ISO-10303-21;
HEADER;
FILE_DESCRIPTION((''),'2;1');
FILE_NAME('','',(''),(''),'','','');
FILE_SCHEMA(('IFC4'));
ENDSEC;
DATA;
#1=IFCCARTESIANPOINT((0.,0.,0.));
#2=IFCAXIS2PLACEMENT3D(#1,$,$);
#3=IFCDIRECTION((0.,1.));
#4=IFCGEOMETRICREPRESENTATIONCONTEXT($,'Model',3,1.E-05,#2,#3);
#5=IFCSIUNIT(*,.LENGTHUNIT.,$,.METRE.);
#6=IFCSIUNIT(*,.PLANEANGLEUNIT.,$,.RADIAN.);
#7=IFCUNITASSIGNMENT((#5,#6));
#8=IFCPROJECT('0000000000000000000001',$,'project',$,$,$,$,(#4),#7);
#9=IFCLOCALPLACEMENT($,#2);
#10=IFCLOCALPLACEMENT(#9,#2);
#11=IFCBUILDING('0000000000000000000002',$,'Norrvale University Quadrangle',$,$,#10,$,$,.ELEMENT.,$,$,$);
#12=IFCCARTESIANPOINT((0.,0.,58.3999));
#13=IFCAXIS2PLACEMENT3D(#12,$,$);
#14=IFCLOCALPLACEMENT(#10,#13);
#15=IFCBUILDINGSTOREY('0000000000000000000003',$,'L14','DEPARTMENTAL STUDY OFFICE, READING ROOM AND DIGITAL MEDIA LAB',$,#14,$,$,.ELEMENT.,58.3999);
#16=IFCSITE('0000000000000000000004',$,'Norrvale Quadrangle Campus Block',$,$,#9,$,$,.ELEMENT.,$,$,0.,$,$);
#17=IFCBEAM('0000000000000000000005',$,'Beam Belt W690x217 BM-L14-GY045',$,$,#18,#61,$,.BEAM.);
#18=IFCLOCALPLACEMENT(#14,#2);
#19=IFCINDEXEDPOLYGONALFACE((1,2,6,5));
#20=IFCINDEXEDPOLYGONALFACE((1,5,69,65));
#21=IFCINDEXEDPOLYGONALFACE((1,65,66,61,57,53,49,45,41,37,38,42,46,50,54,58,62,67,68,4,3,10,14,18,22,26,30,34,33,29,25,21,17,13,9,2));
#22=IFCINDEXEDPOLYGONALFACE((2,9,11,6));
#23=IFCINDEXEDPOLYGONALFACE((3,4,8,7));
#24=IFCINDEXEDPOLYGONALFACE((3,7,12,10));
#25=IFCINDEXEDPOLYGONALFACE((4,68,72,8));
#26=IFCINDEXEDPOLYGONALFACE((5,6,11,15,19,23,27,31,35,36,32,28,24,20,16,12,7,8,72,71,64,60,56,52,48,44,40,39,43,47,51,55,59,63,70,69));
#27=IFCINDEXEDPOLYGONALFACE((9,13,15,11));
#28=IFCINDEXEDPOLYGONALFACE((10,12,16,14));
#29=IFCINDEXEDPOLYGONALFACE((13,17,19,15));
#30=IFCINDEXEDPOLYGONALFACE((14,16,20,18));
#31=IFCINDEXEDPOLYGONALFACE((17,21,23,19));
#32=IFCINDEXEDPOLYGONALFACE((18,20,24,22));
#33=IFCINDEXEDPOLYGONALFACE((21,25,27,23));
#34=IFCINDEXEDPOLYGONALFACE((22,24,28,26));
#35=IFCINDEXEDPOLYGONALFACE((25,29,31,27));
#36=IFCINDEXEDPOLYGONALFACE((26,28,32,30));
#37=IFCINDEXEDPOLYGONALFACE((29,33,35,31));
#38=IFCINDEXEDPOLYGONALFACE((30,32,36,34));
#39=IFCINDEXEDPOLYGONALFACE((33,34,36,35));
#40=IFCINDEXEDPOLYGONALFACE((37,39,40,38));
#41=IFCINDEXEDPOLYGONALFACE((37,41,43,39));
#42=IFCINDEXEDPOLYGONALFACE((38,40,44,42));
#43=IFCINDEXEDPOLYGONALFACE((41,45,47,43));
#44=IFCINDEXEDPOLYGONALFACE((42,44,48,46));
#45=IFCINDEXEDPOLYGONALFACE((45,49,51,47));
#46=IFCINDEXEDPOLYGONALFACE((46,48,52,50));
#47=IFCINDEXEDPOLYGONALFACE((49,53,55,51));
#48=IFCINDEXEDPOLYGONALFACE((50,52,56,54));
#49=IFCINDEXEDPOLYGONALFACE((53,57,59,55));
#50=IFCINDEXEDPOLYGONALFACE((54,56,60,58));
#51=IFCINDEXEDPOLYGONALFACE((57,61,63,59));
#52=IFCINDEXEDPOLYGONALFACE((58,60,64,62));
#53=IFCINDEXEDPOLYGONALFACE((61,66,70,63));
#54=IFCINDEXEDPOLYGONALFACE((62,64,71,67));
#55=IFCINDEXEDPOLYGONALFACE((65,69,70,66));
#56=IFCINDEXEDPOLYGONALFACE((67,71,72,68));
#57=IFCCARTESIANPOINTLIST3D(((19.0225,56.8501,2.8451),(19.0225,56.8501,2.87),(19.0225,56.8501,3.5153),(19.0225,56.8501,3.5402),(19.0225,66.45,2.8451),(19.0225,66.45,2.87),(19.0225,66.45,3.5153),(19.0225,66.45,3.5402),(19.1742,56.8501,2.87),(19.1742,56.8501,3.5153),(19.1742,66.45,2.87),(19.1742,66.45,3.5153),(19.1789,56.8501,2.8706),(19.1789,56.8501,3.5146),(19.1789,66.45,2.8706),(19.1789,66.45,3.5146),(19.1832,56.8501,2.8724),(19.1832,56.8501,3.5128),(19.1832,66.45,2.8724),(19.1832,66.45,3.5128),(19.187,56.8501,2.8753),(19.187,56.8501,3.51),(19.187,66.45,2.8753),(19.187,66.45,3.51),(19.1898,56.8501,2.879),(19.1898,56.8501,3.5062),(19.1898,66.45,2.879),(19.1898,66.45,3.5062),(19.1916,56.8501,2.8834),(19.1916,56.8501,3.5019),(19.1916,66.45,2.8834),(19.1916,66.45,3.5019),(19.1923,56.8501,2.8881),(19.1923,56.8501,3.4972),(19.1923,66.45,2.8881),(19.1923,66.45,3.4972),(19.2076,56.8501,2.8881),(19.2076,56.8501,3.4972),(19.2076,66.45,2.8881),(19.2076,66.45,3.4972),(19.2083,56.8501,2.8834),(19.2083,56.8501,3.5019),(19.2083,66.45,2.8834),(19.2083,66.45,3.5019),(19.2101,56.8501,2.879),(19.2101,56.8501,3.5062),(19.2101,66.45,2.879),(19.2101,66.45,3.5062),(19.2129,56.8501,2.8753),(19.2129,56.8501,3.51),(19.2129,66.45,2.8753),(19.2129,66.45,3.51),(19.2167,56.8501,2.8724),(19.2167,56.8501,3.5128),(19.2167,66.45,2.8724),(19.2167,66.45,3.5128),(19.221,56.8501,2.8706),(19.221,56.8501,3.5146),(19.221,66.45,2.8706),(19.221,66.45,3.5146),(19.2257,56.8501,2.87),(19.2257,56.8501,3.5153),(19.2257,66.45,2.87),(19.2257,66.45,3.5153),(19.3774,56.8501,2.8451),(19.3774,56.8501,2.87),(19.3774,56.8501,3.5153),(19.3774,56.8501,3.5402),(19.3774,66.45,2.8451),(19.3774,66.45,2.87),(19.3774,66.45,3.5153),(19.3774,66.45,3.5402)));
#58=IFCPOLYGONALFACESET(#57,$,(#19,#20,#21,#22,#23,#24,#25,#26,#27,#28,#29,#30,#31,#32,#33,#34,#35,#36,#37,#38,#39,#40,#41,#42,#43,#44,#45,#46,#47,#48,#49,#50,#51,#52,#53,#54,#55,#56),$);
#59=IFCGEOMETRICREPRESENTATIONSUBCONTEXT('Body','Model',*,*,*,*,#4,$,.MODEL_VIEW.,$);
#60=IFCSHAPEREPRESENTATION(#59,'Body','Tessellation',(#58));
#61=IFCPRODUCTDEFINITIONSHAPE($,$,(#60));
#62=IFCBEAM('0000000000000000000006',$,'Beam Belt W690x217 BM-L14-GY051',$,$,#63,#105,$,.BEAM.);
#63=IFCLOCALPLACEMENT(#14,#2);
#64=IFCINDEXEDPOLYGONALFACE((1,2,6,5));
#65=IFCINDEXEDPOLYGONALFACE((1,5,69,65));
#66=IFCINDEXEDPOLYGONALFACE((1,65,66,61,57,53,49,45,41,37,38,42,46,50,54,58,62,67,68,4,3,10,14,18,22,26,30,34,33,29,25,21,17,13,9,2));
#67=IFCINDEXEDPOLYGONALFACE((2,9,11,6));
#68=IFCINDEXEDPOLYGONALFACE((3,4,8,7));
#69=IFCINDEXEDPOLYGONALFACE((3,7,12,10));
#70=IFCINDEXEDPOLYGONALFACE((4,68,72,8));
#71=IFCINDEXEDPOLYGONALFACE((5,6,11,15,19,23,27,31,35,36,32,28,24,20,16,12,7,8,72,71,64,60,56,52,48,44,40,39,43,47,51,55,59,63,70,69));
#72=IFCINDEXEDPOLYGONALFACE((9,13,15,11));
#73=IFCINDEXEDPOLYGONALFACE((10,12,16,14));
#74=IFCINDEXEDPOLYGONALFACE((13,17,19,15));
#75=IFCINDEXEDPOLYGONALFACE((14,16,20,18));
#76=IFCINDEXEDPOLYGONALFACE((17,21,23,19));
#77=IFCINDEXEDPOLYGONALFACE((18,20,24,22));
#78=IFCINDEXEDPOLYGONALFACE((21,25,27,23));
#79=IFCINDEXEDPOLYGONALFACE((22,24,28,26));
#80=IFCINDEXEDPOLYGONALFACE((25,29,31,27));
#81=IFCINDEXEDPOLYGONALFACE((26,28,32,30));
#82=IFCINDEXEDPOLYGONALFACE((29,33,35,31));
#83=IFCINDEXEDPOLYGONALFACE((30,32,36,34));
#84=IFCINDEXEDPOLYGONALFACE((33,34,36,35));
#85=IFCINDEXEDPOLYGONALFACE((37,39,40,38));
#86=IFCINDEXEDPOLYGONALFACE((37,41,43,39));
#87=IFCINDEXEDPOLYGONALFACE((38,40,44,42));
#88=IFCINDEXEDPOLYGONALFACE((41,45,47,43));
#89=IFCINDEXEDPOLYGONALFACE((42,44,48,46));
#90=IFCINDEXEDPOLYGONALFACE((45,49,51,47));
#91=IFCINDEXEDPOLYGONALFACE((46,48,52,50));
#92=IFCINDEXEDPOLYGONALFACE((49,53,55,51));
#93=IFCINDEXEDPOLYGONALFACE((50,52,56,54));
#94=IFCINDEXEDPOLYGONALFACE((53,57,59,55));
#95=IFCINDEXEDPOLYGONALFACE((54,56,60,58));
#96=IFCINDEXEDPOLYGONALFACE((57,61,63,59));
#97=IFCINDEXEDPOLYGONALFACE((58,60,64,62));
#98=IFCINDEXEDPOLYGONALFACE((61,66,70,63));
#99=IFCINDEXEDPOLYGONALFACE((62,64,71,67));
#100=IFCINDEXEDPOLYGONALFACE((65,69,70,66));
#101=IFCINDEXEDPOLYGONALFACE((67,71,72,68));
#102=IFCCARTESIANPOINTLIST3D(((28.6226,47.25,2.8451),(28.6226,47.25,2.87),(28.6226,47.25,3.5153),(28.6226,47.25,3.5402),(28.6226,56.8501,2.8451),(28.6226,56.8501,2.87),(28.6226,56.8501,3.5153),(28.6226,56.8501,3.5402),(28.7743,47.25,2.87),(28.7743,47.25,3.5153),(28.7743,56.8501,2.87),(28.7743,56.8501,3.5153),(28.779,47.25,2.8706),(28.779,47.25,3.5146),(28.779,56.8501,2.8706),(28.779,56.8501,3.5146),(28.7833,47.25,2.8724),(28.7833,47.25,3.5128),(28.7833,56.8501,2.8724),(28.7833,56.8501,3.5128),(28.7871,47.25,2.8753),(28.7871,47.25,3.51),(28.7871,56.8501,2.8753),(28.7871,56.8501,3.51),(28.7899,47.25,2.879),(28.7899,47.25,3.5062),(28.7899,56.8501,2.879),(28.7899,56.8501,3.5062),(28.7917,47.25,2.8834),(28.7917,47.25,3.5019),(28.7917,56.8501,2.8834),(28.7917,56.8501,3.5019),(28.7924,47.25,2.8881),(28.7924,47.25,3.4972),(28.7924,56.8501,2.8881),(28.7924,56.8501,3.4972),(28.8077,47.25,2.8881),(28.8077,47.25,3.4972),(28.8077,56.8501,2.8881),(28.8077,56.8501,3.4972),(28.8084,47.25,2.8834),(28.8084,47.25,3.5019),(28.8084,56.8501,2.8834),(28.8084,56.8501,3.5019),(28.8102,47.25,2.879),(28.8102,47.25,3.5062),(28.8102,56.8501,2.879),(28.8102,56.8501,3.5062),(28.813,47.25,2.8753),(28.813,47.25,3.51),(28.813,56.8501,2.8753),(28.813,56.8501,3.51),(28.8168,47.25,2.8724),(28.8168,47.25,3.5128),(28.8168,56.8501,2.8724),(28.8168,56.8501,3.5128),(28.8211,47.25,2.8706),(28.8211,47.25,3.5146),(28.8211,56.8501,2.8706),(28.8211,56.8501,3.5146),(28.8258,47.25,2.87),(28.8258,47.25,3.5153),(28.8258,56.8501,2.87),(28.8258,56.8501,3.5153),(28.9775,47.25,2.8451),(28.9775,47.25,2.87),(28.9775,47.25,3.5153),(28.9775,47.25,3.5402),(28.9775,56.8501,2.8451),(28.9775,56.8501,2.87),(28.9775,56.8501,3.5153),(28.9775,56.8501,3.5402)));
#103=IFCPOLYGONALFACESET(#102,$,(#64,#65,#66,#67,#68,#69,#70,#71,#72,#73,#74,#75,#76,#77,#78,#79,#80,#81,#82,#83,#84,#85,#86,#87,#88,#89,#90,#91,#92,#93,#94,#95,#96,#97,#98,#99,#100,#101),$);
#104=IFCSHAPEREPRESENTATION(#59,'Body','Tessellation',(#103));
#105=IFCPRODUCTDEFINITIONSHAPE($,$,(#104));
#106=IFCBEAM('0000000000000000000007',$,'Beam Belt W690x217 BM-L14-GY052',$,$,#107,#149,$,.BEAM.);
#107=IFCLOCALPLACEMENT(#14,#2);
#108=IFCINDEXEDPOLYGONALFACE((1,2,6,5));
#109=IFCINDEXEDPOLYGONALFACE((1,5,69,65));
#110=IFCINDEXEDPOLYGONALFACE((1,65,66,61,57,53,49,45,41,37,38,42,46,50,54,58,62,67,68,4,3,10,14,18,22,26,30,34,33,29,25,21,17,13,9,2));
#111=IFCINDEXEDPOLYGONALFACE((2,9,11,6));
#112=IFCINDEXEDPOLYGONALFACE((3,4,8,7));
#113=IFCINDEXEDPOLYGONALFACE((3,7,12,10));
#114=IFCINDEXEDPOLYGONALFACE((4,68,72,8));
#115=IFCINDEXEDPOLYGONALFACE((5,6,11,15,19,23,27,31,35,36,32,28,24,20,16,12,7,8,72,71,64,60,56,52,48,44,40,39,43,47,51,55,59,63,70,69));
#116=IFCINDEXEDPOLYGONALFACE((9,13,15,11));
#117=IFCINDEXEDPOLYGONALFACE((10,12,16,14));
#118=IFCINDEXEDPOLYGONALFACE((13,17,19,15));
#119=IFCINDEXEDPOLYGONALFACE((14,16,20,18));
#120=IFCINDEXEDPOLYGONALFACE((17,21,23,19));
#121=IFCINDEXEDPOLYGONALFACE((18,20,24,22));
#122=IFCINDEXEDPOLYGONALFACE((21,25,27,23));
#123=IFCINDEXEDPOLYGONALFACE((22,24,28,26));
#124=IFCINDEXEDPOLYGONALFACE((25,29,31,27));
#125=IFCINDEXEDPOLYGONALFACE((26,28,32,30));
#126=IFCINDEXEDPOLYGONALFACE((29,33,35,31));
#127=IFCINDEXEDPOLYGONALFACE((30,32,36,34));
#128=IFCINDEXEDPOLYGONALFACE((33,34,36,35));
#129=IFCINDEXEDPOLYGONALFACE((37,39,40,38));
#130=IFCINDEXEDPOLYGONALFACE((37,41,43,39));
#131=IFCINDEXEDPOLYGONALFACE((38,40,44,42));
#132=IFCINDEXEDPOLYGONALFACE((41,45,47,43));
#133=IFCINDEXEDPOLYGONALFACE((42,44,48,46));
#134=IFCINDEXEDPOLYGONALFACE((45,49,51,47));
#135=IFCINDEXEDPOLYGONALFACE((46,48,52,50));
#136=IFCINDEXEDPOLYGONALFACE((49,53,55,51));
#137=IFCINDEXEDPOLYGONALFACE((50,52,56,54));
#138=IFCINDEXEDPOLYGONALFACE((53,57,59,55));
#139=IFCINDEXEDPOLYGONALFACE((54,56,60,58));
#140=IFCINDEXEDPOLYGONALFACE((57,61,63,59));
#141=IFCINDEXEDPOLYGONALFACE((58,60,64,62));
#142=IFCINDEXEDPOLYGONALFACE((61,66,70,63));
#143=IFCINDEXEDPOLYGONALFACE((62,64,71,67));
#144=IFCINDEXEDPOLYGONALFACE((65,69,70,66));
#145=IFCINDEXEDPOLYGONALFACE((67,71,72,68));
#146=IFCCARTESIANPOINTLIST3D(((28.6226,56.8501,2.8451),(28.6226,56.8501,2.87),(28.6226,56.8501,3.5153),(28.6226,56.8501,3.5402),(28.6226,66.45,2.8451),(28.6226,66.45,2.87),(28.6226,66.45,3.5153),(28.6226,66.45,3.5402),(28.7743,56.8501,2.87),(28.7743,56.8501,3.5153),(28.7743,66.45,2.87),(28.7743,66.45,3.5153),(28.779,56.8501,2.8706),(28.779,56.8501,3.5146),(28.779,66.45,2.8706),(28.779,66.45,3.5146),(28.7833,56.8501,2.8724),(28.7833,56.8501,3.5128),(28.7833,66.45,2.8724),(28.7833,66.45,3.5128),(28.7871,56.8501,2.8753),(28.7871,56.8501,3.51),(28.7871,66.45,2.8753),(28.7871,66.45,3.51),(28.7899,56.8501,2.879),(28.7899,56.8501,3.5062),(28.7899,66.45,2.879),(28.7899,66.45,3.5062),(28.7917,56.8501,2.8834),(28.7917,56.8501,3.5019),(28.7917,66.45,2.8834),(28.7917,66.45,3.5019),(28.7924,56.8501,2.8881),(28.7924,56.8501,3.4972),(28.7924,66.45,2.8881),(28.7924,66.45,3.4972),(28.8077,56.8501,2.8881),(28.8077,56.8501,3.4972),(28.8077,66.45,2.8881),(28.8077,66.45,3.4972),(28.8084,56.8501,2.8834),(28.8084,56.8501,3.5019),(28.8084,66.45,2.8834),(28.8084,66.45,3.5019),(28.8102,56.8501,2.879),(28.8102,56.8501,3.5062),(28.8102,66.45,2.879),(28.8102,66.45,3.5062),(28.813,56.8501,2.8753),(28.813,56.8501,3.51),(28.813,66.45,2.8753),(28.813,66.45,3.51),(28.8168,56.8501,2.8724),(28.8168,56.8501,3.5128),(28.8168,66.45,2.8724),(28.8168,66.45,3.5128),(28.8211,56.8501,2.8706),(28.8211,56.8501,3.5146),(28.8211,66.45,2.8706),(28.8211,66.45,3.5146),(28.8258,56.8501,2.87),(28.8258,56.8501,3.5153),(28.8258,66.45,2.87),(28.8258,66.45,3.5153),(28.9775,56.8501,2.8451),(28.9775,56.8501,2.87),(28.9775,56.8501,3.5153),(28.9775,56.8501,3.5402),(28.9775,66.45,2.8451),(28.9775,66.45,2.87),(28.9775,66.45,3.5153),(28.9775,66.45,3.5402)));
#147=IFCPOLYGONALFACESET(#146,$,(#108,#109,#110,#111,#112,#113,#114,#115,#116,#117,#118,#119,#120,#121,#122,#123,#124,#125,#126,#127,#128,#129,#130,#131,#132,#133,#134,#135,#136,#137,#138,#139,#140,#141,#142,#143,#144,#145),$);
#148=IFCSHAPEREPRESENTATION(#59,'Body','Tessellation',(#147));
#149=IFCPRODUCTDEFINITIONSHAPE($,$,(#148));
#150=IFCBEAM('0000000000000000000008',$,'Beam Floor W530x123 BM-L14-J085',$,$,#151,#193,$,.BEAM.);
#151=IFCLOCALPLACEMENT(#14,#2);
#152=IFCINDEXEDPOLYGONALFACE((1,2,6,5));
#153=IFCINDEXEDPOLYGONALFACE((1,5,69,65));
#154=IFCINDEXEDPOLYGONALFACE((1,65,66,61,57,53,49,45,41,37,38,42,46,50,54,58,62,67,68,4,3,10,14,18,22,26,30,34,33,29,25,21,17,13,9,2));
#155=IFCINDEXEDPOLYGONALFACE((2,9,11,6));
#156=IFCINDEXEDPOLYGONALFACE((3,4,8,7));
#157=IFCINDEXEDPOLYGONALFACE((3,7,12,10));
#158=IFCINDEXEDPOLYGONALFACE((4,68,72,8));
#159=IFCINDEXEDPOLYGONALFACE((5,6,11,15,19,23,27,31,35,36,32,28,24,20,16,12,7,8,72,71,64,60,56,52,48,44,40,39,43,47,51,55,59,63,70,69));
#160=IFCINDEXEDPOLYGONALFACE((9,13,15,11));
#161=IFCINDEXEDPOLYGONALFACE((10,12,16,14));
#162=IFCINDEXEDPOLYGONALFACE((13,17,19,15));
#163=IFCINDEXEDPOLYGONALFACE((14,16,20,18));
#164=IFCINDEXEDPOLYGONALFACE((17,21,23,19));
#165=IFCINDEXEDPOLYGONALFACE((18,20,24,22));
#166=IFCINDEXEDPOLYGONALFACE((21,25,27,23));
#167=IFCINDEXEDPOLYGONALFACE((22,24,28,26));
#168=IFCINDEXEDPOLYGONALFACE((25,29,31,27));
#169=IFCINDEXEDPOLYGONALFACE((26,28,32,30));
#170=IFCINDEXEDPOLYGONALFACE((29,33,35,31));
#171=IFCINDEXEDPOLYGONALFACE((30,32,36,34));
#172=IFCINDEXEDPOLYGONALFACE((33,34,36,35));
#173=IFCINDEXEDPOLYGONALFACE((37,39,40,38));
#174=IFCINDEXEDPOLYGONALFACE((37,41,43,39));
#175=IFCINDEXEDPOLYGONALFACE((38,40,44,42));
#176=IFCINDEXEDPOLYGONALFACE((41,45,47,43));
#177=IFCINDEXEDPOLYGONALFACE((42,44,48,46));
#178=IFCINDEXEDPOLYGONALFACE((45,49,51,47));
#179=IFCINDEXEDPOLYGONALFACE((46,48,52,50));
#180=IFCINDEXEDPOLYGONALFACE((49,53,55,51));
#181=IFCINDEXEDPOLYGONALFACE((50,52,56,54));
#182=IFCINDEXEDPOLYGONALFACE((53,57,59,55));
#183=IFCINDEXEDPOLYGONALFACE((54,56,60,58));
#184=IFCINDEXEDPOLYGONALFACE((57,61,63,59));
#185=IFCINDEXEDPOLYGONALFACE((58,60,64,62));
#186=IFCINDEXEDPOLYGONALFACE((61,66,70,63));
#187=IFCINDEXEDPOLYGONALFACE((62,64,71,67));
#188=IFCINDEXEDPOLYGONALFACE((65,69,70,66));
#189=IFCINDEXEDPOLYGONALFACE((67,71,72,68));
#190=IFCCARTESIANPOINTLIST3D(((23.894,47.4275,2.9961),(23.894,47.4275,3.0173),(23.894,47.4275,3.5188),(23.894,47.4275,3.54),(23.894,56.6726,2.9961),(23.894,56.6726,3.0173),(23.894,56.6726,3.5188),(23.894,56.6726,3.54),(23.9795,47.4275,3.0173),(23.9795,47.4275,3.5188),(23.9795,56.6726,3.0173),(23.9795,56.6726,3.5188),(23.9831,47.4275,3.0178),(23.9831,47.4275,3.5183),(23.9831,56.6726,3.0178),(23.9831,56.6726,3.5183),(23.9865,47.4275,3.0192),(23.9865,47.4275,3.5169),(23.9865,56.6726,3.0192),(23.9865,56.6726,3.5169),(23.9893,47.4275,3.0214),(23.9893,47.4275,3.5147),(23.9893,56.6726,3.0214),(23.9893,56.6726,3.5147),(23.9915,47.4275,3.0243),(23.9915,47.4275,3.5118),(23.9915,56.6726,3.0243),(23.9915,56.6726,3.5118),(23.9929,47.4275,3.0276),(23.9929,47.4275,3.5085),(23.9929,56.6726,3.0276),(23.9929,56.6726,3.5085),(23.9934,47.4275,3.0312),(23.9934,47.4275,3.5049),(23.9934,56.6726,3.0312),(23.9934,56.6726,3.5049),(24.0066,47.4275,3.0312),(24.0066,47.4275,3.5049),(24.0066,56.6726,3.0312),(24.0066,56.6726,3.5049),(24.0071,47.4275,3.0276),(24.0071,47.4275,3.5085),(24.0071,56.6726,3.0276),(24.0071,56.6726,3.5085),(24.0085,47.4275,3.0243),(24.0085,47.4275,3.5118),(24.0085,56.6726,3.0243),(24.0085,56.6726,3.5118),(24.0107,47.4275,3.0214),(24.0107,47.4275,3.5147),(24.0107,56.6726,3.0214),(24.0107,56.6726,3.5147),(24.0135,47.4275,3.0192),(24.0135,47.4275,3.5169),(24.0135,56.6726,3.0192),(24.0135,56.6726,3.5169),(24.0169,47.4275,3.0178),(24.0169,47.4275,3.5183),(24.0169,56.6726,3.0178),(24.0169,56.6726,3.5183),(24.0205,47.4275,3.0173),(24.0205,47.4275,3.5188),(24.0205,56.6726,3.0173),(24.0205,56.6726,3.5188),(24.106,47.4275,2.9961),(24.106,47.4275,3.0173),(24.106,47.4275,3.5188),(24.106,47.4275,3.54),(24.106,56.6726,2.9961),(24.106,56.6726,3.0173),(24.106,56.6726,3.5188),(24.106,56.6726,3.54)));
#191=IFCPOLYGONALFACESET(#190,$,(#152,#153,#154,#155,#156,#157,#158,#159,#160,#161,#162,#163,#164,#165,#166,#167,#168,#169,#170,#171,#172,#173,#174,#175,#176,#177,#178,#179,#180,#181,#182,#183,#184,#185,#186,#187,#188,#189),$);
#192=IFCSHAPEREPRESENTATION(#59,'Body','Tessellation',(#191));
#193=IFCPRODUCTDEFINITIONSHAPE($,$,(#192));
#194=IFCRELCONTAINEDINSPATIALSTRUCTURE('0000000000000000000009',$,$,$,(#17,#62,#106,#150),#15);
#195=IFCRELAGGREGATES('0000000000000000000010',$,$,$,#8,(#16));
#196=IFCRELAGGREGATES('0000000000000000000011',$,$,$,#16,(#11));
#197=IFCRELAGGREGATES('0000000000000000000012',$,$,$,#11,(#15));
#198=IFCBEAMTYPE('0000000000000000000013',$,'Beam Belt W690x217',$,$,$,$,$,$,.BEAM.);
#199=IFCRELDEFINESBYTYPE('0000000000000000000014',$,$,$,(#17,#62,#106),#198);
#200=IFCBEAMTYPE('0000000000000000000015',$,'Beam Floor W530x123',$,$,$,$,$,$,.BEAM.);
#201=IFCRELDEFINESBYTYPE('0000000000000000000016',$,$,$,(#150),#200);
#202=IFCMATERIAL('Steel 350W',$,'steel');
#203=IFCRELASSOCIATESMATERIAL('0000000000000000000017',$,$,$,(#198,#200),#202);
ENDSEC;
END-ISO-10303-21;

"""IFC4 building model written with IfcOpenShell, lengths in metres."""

from ifc_helpers import new_model, si_unit, direction, frame, origin, origin_2d, place, context, subcontext, project, spatial, i_section, extrude, material, material_profile, profile_set, type_object, element, save


model = new_model("IFC4")

# Units and contexts
model_context = context("Model", 3, precision=1e-05, world=origin(), true_north=direction((0.0, 1.0)))
body_context = subcontext(model_context, "Body", "Model", "MODEL_VIEW")
ifc_project = project(units=[si_unit("LENGTHUNIT", "METRE"), si_unit("PLANEANGLEUNIT", "RADIAN")], contexts=[model_context])

# Site, building, storey
site_placement = place(None, origin())
site = spatial("IfcSite", under=ifc_project, at=site_placement, Name="Norrvale Quadrangle Campus Block", CompositionType="ELEMENT", RefElevation=0.0)
building_placement = place(site_placement, origin())
building = spatial("IfcBuilding", under=site, at=building_placement, Name="Norrvale University Quadrangle", CompositionType="ELEMENT")
storey_placement = place(building_placement, frame((0.0, 0.0, 58.3999)))
storey = spatial("IfcBuildingStorey", under=building, at=storey_placement, Name="L14", Description="DEPARTMENTAL STUDY OFFICE, READING ROOM AND DIGITAL MEDIA LAB", CompositionType="ELEMENT", Elevation=58.3999)

# Beams
ifc_material_1 = material(Name="Steel 350W", Category="steel")
ifc_material_profile_1 = material_profile(ifc_material_1, i_section(OverallWidth=0.355, OverallDepth=0.6951, WebThickness=0.0154, FlangeThickness=0.0249, FilletRadius=0.0181, at=origin_2d()), Name="Steel 350W")
ifc_profile_set_1 = profile_set([ifc_material_profile_1], Name="Steel 350W")
beam_type_1 = type_object("IfcBeamType", Name="Beam Belt W690x217", PredefinedType="BEAM", material=ifc_profile_set_1)
beam_1_placement = place(storey_placement, frame((19.2, 56.8501, 3.1926), z_axis=(0.0, 1.0, 0.0), x_axis=(-1.0, 0.0, 0.0)))
element("IfcBeam", 1, at=beam_1_placement, inside=storey, type_object=beam_type_1, Name="Beam Belt W690x217 BM-L14-GY045", PredefinedType="BEAM", context=body_context, shape_type="SweptSolid", body=[
    extrude(i_section(OverallWidth=0.355, OverallDepth=0.6951, WebThickness=0.0154, FlangeThickness=0.0249, FilletRadius=0.0181, at=origin_2d()), origin(), (0.0, 0.0, 1.0), 9.5999),
])
beam_2_placement = place(storey_placement, frame((28.8, 47.25, 3.1926), z_axis=(0.0, 1.0, 0.0), x_axis=(-1.0, 0.0, 0.0)))
element("IfcBeam", 2, at=beam_2_placement, inside=storey, type_object=beam_type_1, Name="Beam Belt W690x217 BM-L14-GY051", PredefinedType="BEAM", context=body_context, shape_type="SweptSolid", body=[
    extrude(i_section(OverallWidth=0.355, OverallDepth=0.6951, WebThickness=0.0154, FlangeThickness=0.0249, FilletRadius=0.0181, at=origin_2d()), origin(), (0.0, 0.0, 1.0), 9.6001),
])
beam_3_placement = place(storey_placement, frame((28.8, 56.8501, 3.1926), z_axis=(0.0, 1.0, 0.0), x_axis=(-1.0, 0.0, 0.0)))
element("IfcBeam", 3, at=beam_3_placement, inside=storey, type_object=beam_type_1, Name="Beam Belt W690x217 BM-L14-GY052", PredefinedType="BEAM", context=body_context, shape_type="SweptSolid", body=[
    extrude(i_section(OverallWidth=0.355, OverallDepth=0.6951, WebThickness=0.0154, FlangeThickness=0.0249, FilletRadius=0.0181, at=origin_2d()), origin(), (0.0, 0.0, 1.0), 9.5999),
])
ifc_material_profile_2 = material_profile(ifc_material_1, i_section(OverallWidth=0.2119, OverallDepth=0.5439, WebThickness=0.0132, FlangeThickness=0.0212, FilletRadius=0.0139, at=origin_2d()), Name="Steel 350W")
ifc_profile_set_2 = profile_set([ifc_material_profile_2], Name="Steel 350W")
beam_type_2 = type_object("IfcBeamType", Name="Beam Floor W530x123", PredefinedType="BEAM", material=ifc_profile_set_2)
beam_4_placement = place(storey_placement, frame((24.0, 47.4275, 3.2681), z_axis=(0.0, 1.0, 0.0), x_axis=(-1.0, 0.0, 0.0)))
element("IfcBeam", 4, at=beam_4_placement, inside=storey, type_object=beam_type_2, Name="Beam Floor W530x123 BM-L14-J085", PredefinedType="BEAM", context=body_context, shape_type="SweptSolid", body=[
    extrude(i_section(OverallWidth=0.2119, OverallDepth=0.5439, WebThickness=0.0132, FlangeThickness=0.0212, FilletRadius=0.0139, at=origin_2d()), origin(), (0.0, 0.0, 1.0), 9.2451),
])

save(model, "model.ifc")
